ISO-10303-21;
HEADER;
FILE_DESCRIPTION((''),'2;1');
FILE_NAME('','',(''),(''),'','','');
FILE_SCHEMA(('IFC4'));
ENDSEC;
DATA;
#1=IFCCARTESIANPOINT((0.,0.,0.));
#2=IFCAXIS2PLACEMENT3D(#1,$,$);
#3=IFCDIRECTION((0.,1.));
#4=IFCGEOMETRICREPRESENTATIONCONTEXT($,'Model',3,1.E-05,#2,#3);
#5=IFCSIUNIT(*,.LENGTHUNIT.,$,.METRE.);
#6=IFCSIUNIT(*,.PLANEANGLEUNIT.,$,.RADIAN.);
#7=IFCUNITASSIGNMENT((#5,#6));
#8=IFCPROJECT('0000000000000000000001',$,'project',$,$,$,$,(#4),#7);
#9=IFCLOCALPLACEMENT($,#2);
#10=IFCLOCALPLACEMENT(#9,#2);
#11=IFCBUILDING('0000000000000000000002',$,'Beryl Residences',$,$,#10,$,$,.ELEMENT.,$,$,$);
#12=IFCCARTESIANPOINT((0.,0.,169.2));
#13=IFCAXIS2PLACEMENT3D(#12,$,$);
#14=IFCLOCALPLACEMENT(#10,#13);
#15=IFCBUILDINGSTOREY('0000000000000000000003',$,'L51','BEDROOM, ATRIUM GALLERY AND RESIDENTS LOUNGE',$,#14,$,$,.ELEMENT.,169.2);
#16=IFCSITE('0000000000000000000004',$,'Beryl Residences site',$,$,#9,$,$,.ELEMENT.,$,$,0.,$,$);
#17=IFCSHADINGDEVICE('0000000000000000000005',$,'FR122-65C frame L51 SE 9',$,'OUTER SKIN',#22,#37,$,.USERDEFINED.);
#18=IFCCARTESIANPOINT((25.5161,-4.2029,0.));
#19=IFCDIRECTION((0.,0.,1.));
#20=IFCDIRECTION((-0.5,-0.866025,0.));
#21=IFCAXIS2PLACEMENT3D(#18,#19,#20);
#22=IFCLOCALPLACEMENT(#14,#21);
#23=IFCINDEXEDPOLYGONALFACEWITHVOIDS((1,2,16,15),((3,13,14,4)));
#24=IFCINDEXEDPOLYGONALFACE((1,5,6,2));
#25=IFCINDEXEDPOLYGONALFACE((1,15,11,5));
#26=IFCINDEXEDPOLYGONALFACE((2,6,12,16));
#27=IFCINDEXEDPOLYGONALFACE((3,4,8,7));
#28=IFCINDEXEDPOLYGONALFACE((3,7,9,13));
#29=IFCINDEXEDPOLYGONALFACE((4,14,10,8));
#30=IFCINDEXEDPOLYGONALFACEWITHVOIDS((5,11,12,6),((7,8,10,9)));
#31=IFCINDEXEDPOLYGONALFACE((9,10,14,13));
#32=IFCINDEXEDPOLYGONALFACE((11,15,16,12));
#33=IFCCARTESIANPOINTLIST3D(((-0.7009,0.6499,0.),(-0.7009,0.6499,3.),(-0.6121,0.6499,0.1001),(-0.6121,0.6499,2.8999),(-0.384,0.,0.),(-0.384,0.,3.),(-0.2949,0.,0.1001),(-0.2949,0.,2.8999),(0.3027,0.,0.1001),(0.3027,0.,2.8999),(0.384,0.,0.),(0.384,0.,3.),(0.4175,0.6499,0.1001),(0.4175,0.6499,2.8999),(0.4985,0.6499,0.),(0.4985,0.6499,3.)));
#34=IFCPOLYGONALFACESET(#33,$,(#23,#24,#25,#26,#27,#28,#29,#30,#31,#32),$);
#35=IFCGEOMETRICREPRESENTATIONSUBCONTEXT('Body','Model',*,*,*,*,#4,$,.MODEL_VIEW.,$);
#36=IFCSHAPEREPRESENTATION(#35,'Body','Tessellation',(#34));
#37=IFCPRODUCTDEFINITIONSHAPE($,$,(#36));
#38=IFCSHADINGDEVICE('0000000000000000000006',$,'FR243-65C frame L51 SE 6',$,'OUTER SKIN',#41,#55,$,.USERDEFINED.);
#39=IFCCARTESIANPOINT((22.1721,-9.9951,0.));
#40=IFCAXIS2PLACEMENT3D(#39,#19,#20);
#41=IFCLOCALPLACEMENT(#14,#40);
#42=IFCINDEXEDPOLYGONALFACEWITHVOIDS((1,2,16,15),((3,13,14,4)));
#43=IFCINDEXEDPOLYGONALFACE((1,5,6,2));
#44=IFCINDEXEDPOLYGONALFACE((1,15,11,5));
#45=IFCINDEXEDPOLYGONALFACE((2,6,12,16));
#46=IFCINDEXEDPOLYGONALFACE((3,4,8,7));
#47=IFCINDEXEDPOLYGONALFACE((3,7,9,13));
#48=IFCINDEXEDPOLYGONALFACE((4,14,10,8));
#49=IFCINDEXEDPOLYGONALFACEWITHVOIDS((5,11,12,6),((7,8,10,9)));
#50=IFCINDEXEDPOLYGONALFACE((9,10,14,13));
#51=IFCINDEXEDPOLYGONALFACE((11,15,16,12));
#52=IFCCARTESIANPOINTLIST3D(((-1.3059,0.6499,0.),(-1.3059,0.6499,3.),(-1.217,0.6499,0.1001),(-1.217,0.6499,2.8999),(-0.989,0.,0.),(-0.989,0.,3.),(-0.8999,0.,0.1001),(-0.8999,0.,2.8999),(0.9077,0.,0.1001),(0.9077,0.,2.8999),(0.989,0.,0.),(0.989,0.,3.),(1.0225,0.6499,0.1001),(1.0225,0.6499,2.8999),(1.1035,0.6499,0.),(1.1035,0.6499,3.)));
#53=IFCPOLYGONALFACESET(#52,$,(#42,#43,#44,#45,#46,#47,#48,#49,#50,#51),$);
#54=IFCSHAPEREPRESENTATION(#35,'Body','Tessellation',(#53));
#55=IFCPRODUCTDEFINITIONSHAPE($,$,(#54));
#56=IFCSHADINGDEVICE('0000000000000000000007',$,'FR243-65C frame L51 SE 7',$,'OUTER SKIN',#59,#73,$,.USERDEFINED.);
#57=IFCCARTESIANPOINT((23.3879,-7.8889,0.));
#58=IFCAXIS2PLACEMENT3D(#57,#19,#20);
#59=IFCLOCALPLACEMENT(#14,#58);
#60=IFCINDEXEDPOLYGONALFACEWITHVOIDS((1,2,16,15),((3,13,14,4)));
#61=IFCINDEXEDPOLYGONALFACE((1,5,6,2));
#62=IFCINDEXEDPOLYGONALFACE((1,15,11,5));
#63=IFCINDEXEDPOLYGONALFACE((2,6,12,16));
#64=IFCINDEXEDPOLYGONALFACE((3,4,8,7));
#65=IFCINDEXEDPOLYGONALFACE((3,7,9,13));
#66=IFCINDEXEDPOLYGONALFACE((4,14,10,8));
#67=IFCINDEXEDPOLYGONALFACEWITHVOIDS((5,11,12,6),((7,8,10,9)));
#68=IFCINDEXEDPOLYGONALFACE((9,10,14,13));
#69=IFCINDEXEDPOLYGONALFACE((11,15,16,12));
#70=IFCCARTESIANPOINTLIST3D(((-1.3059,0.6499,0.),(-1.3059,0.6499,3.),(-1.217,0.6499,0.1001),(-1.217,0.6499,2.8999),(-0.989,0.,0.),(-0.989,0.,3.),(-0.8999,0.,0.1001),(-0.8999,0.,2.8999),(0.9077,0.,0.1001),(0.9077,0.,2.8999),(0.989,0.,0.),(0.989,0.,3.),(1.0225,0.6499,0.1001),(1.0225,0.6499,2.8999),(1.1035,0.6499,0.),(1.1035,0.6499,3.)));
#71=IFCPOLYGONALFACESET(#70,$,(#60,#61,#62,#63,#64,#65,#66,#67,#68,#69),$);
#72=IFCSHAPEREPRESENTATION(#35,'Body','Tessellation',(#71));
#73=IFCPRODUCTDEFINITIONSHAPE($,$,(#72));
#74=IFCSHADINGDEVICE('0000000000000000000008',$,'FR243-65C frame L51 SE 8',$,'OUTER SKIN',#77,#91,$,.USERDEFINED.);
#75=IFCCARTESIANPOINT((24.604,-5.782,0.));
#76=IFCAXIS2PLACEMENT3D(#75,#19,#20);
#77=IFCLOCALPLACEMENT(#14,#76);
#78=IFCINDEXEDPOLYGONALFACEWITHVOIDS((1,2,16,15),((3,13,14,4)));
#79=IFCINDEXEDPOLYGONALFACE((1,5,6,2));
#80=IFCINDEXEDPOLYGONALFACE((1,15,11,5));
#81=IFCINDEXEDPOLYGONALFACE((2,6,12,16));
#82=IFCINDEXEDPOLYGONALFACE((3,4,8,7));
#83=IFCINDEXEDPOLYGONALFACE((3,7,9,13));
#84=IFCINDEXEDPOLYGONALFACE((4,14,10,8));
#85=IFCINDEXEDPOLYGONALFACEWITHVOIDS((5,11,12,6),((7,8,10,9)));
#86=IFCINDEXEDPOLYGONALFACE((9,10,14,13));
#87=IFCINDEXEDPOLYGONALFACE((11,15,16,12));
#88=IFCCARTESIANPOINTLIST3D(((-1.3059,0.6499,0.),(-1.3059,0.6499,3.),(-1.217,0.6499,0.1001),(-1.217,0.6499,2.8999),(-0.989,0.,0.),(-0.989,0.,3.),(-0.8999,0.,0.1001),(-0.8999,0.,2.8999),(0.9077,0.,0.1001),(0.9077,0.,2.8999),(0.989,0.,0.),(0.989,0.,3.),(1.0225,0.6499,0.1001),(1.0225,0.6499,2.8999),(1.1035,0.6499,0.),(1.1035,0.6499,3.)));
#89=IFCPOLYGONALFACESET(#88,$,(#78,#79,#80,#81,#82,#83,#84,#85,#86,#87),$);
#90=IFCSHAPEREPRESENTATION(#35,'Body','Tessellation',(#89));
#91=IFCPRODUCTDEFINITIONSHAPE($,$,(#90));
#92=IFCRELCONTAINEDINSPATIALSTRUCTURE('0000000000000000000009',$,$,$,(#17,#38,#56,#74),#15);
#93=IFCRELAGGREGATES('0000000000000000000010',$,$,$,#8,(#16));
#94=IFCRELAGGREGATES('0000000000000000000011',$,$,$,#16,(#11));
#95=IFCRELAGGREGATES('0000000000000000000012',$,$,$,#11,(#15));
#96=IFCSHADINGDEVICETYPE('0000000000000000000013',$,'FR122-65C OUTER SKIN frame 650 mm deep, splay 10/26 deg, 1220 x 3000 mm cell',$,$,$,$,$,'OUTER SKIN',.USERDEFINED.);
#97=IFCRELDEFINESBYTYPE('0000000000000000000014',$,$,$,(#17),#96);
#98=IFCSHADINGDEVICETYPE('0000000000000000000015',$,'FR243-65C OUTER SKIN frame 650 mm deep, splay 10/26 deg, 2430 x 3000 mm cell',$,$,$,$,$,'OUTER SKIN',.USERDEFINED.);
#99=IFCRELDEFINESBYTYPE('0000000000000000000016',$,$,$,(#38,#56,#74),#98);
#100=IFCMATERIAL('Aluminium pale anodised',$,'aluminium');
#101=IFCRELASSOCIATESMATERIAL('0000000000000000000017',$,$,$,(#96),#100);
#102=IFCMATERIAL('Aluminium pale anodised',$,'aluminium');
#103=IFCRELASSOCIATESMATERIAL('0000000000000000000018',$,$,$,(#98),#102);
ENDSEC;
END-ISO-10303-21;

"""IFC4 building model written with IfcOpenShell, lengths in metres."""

from ifc_helpers import new_model, entity, si_unit, direction, frame, origin, place, context, subcontext, project, spatial, source, transform, mapped, material, type_object, type_shapes, element, save


model = new_model("IFC4")

# Units and contexts
model_context = context("Model", 3, precision=1e-05, world=origin(), true_north=direction((0.0, 1.0)))
body_context = subcontext(model_context, "Body", "Model", "MODEL_VIEW")
ifc_project = project(units=[si_unit("LENGTHUNIT", "METRE"), si_unit("PLANEANGLEUNIT", "RADIAN")], contexts=[model_context])

# Site, building, storey
site_placement = place(None, origin())
site = spatial("IfcSite", under=ifc_project, at=site_placement, Name="Beryl Residences site", CompositionType="ELEMENT", RefElevation=0.0)
building_placement = place(site_placement, origin())
building = spatial("IfcBuilding", under=site, at=building_placement, Name="Beryl Residences", CompositionType="ELEMENT")
storey_placement = place(building_placement, frame((0.0, 0.0, 169.2)))
storey = spatial("IfcBuildingStorey", under=building, at=storey_placement, Name="L51", Description="BEDROOM, ATRIUM GALLERY AND RESIDENTS LOUNGE", CompositionType="ELEMENT", Elevation=169.2)

# Shading devices
ifc_material_1 = material(Name="Aluminium pale anodised", Category="aluminium")
shading_device_type_1 = type_object("IfcShadingDeviceType", Name="FR122-65C OUTER SKIN frame 650 mm deep, splay 10/26 deg, 1220 x 3000 mm cell", ElementType="OUTER SKIN", PredefinedType="USERDEFINED", material=ifc_material_1)
cartesian_point_1 = entity("IfcCartesianPoint", [-0.384, 0.0])
cartesian_point_2 = entity("IfcCartesianPoint", [-0.3027, 0.1001])
cartesian_point_3 = entity("IfcCartesianPoint", [-0.4985, 0.0])
cartesian_point_4 = entity("IfcCartesianPoint", [-0.4175, 0.1001])
shared_shape_1 = source(origin(), body_context, "Body", "SweptSolid", [
    entity("IfcExtrudedAreaSolidTapered", entity("IfcArbitraryProfileDefWithVoids", "AREA", None, entity("IfcPolyline", [cartesian_point_1, entity("IfcCartesianPoint", [0.384, 0.0]), entity("IfcCartesianPoint", [0.384, 3.0]), entity("IfcCartesianPoint", [-0.384, 3.0]), cartesian_point_1]), [entity("IfcPolyline", [cartesian_point_2, entity("IfcCartesianPoint", [0.2949, 0.1001]), entity("IfcCartesianPoint", [0.2949, 2.8999]), entity("IfcCartesianPoint", [-0.3027, 2.8999]), cartesian_point_2])]), entity("IfcAxis2Placement3D", entity("IfcCartesianPoint", [0.0, 0.0, 0.0]), entity("IfcDirection", [0.0, 1.0, 0.0]), entity("IfcDirection", [-1.0, 0.0, 0.0])), entity("IfcDirection", [0.0, 0.0, 1.0]), 0.6499, entity("IfcArbitraryProfileDefWithVoids", "AREA", None, entity("IfcPolyline", [cartesian_point_3, entity("IfcCartesianPoint", [0.7009, 0.0]), entity("IfcCartesianPoint", [0.7009, 3.0]), entity("IfcCartesianPoint", [-0.4985, 3.0]), cartesian_point_3]), [entity("IfcPolyline", [cartesian_point_4, entity("IfcCartesianPoint", [0.6121, 0.1001]), entity("IfcCartesianPoint", [0.6121, 2.8999]), entity("IfcCartesianPoint", [-0.4175, 2.8999]), cartesian_point_4])])),
])
type_shapes(shading_device_type_1, [shared_shape_1])
shading_device_placement = place(storey_placement, frame((25.5161, -4.2029, 0.0), z_axis=(0.0, 0.0, 1.0), x_axis=(-0.5, -0.866025, 0.0)))
element("IfcShadingDevice", 1, at=shading_device_placement, inside=storey, type_object=shading_device_type_1, Name="FR122-65C frame L51 SE 9", ObjectType="OUTER SKIN", PredefinedType="USERDEFINED", context=body_context, shape_type="MappedRepresentation", body=[
    mapped(shared_shape_1, transform((0.0, 0.0, 0.0))),
])
ifc_material_2 = material(Name="Aluminium pale anodised", Category="aluminium")
shading_device_type_2 = type_object("IfcShadingDeviceType", Name="FR243-65C OUTER SKIN frame 650 mm deep, splay 10/26 deg, 2430 x 3000 mm cell", ElementType="OUTER SKIN", PredefinedType="USERDEFINED", material=ifc_material_2)
cartesian_point_5 = entity("IfcCartesianPoint", [-0.989, 0.0])
cartesian_point_6 = entity("IfcCartesianPoint", [-0.9077, 0.1001])
cartesian_point_7 = entity("IfcCartesianPoint", [-1.1035, 0.0])
cartesian_point_8 = entity("IfcCartesianPoint", [-1.0225, 0.1001])
shared_shape_2 = source(origin(), body_context, "Body", "SweptSolid", [
    entity("IfcExtrudedAreaSolidTapered", entity("IfcArbitraryProfileDefWithVoids", "AREA", None, entity("IfcPolyline", [cartesian_point_5, entity("IfcCartesianPoint", [0.989, 0.0]), entity("IfcCartesianPoint", [0.989, 3.0]), entity("IfcCartesianPoint", [-0.989, 3.0]), cartesian_point_5]), [entity("IfcPolyline", [cartesian_point_6, entity("IfcCartesianPoint", [0.8999, 0.1001]), entity("IfcCartesianPoint", [0.8999, 2.8999]), entity("IfcCartesianPoint", [-0.9077, 2.8999]), cartesian_point_6])]), entity("IfcAxis2Placement3D", entity("IfcCartesianPoint", [0.0, 0.0, 0.0]), entity("IfcDirection", [0.0, 1.0, 0.0]), entity("IfcDirection", [-1.0, 0.0, 0.0])), entity("IfcDirection", [0.0, 0.0, 1.0]), 0.6499, entity("IfcArbitraryProfileDefWithVoids", "AREA", None, entity("IfcPolyline", [cartesian_point_7, entity("IfcCartesianPoint", [1.3059, 0.0]), entity("IfcCartesianPoint", [1.3059, 3.0]), entity("IfcCartesianPoint", [-1.1035, 3.0]), cartesian_point_7]), [entity("IfcPolyline", [cartesian_point_8, entity("IfcCartesianPoint", [1.217, 0.1001]), entity("IfcCartesianPoint", [1.217, 2.8999]), entity("IfcCartesianPoint", [-1.0225, 2.8999]), cartesian_point_8])])),
])
type_shapes(shading_device_type_2, [shared_shape_2])
for number, where, z_axis, x_axis, name in (
    (2, (22.1721, -9.9951, 0.0), (0.0, 0.0, 1.0), (-0.5, -0.866025, 0.0), "FR243-65C frame L51 SE 6"),
    (3, (23.3879, -7.8889, 0.0), (0.0, 0.0, 1.0), (-0.5, -0.866025, 0.0), "FR243-65C frame L51 SE 7"),
    (4, (24.604, -5.782, 0.0), (0.0, 0.0, 1.0), (-0.5, -0.866025, 0.0), "FR243-65C frame L51 SE 8"),
):
    element("IfcShadingDevice", number, at=place(storey_placement, frame(where, z_axis=z_axis, x_axis=x_axis)), inside=storey, type_object=shading_device_type_2, Name=name, ObjectType="OUTER SKIN", PredefinedType="USERDEFINED", context=body_context, shape_type="MappedRepresentation", body=[
        mapped(shared_shape_2, transform((0.0, 0.0, 0.0))),
    ])

save(model, "model.ifc")
